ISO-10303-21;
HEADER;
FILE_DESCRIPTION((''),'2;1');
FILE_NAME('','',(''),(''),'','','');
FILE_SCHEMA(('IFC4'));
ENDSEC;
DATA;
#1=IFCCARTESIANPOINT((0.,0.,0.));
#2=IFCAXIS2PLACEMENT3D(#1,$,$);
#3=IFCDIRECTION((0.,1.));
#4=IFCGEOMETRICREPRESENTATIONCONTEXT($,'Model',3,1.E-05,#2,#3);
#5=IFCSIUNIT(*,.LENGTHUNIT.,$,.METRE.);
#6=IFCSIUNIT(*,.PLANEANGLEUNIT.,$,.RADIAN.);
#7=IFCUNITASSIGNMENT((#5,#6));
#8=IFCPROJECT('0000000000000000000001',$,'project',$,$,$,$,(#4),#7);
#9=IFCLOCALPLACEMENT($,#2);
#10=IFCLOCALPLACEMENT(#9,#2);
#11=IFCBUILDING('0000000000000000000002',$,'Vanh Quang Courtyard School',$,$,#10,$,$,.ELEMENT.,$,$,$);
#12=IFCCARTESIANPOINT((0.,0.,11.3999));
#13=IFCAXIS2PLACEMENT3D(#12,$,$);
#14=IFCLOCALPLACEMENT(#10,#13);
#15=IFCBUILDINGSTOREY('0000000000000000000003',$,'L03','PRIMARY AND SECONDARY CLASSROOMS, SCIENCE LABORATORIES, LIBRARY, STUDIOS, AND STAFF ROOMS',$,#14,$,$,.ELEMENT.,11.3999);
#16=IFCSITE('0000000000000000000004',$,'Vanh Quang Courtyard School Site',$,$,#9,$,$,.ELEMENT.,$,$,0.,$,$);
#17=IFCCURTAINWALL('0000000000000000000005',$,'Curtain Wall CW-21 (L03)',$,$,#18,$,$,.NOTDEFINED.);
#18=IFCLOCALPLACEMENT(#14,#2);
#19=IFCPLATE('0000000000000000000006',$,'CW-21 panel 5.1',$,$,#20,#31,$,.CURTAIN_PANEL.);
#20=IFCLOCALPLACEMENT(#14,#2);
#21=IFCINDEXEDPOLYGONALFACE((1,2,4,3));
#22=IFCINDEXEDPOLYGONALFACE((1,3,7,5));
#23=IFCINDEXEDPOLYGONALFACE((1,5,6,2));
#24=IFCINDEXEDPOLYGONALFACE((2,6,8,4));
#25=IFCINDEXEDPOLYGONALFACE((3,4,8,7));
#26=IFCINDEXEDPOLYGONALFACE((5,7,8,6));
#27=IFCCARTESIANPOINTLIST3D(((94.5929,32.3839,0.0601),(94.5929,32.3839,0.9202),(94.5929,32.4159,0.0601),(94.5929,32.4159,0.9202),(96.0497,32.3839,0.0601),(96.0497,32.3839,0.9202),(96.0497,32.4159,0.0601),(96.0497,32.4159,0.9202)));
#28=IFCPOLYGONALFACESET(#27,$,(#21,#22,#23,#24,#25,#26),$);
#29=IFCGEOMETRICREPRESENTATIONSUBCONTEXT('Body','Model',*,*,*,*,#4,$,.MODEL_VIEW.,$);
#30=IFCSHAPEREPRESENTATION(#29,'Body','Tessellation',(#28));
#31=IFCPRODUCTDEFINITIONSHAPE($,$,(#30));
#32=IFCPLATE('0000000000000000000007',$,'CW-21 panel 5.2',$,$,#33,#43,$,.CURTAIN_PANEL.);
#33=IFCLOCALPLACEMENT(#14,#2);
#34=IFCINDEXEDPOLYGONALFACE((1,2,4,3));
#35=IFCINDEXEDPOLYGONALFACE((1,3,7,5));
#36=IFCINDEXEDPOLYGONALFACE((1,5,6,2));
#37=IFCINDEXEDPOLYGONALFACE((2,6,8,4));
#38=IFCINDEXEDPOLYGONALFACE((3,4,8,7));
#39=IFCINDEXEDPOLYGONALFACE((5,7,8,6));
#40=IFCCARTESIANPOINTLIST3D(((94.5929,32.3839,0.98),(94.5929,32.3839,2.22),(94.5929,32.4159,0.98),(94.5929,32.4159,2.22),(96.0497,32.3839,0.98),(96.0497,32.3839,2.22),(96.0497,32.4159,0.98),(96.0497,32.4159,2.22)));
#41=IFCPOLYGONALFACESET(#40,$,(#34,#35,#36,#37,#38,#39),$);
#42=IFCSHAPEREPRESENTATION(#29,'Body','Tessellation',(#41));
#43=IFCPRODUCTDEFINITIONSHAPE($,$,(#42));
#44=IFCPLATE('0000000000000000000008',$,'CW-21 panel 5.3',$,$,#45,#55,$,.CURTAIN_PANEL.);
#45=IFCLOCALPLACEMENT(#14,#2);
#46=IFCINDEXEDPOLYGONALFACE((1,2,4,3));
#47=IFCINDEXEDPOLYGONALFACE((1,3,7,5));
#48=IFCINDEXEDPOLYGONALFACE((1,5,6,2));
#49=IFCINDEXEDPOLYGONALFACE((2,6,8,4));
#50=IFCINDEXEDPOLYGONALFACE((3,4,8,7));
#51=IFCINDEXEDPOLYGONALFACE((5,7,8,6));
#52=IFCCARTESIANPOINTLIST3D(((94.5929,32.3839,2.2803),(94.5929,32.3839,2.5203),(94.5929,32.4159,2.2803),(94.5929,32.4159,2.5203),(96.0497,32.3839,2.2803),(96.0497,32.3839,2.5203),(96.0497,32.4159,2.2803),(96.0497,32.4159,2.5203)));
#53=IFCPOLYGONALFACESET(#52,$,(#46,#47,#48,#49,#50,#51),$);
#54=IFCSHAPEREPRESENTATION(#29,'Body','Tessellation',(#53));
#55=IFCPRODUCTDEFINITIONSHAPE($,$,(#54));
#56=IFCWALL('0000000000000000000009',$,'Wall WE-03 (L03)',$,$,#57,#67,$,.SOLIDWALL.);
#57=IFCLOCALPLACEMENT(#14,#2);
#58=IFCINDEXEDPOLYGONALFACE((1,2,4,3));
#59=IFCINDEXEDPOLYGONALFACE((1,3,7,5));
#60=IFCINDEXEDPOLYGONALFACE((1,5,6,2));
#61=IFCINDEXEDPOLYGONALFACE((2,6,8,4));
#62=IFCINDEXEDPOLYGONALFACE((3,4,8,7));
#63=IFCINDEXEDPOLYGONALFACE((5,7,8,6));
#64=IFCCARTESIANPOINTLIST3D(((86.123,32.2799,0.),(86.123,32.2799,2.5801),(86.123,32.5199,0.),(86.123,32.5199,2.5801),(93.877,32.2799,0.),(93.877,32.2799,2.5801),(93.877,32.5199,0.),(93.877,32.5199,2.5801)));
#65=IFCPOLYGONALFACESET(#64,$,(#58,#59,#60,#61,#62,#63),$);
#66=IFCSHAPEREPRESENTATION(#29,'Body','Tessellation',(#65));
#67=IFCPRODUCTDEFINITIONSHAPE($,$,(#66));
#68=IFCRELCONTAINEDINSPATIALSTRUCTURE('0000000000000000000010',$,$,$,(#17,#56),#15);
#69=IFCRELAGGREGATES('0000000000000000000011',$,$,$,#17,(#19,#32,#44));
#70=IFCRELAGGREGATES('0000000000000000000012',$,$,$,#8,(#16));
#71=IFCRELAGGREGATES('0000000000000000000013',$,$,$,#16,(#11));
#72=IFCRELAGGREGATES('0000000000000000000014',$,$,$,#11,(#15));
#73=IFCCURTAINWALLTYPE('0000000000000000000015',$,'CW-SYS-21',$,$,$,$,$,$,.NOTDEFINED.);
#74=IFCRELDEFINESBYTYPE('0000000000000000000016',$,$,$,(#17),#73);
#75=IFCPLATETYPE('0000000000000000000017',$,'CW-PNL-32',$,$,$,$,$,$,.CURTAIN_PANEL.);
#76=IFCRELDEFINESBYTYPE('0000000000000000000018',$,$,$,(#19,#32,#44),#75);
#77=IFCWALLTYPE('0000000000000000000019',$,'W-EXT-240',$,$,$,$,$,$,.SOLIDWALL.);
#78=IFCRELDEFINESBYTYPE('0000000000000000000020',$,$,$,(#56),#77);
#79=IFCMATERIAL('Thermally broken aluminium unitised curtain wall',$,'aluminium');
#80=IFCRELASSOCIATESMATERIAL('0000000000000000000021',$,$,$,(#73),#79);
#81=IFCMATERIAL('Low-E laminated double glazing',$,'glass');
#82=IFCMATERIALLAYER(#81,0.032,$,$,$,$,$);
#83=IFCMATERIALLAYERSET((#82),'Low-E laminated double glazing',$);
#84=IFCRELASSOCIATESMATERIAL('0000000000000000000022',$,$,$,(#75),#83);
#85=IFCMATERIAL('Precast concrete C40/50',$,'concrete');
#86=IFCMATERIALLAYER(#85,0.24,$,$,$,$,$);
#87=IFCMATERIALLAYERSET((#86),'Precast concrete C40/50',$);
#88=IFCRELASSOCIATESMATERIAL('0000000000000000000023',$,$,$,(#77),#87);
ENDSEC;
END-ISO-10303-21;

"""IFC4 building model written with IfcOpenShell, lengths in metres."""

from ifc_helpers import new_model, si_unit, direction, frame, frame_2d, origin, origin_2d, place, context, subcontext, project, spatial, rectangle, extrude, material, layer, layer_set, type_object, element, aggregate, save


model = new_model("IFC4")

# Units and contexts
model_context = context("Model", 3, precision=1e-05, world=origin(), true_north=direction((0.0, 1.0)))
body_context = subcontext(model_context, "Body", "Model", "MODEL_VIEW")
ifc_project = project(units=[si_unit("LENGTHUNIT", "METRE"), si_unit("PLANEANGLEUNIT", "RADIAN")], contexts=[model_context])

# Site, building, storey
site_placement = place(None, origin())
site = spatial("IfcSite", under=ifc_project, at=site_placement, Name="Vanh Quang Courtyard School Site", CompositionType="ELEMENT", RefElevation=0.0)
building_placement = place(site_placement, origin())
building = spatial("IfcBuilding", under=site, at=building_placement, Name="Vanh Quang Courtyard School", CompositionType="ELEMENT")
storey_placement = place(building_placement, frame((0.0, 0.0, 11.3999)))
storey = spatial("IfcBuildingStorey", under=building, at=storey_placement, Name="L03", Description="PRIMARY AND SECONDARY CLASSROOMS, SCIENCE LABORATORIES, LIBRARY, STUDIOS, AND STAFF ROOMS", CompositionType="ELEMENT", Elevation=11.3999)

# Curtain wall
ifc_material_1 = material(Name="Thermally broken aluminium unitised curtain wall", Category="aluminium")
curtain_wall_type = type_object("IfcCurtainWallType", Name="CW-SYS-21", PredefinedType="NOTDEFINED", material=ifc_material_1)
curtain_wall_placement = place(storey_placement, origin())
curtain_wall = element("IfcCurtainWall", 1, at=curtain_wall_placement, inside=storey, type_object=curtain_wall_type, Name="Curtain Wall CW-21 (L03)", PredefinedType="NOTDEFINED")

# Plates
ifc_material_2 = material(Name="Low-E laminated double glazing", Category="glass")
ifc_layer_1 = layer(ifc_material_2, 0.032)
ifc_layer_set_1 = layer_set([ifc_layer_1], Name="Low-E laminated double glazing")
plate_type = type_object("IfcPlateType", Name="CW-PNL-32", PredefinedType="CURTAIN_PANEL", material=ifc_layer_set_1)
plate_1_placement = place(storey_placement, frame((95.3213, 32.3999, 0.0601), z_axis=(0.0, 0.0, 1.0), x_axis=(-1.0, 0.0, 0.0)))
plate_1 = element("IfcPlate", 2, at=plate_1_placement, type_object=plate_type, Name="CW-21 panel 5.1", PredefinedType="CURTAIN_PANEL", context=body_context, shape_type="SweptSolid", body=[
    extrude(rectangle(XDim=1.4568, YDim=0.032, at=origin_2d()), origin(), (0.0, 0.0, 1.0), 0.8601),
])
plate_2_placement = place(storey_placement, frame((95.3213, 32.3999, 0.98), z_axis=(0.0, 0.0, 1.0), x_axis=(-1.0, 0.0, 0.0)))
plate_2 = element("IfcPlate", 3, at=plate_2_placement, type_object=plate_type, Name="CW-21 panel 5.2", PredefinedType="CURTAIN_PANEL", context=body_context, shape_type="SweptSolid", body=[
    extrude(rectangle(XDim=1.4568, YDim=0.032, at=origin_2d()), origin(), (0.0, 0.0, 1.0), 1.24),
])
plate_3_placement = place(storey_placement, frame((95.3213, 32.3999, 2.2803), z_axis=(0.0, 0.0, 1.0), x_axis=(-1.0, 0.0, 0.0)))
plate_3 = element("IfcPlate", 4, at=plate_3_placement, type_object=plate_type, Name="CW-21 panel 5.3", PredefinedType="CURTAIN_PANEL", context=body_context, shape_type="SweptSolid", body=[
    extrude(rectangle(XDim=1.4568, YDim=0.032, at=origin_2d()), origin(), (0.0, 0.0, 1.0), 0.24),
])
aggregate(curtain_wall, [plate_1, plate_2, plate_3])

# Wall
ifc_material_3 = material(Name="Precast concrete C40/50", Category="concrete")
ifc_layer_2 = layer(ifc_material_3, 0.24)
ifc_layer_set_2 = layer_set([ifc_layer_2], Name="Precast concrete C40/50")
wall_type = type_object("IfcWallType", Name="W-EXT-240", PredefinedType="SOLIDWALL", material=ifc_layer_set_2)
wall_placement = place(storey_placement, frame((93.877, 32.3999, 0.0), z_axis=(0.0, 0.0, 1.0), x_axis=(-1.0, 0.0, 0.0)))
element("IfcWall", 5, at=wall_placement, inside=storey, type_object=wall_type, Name="Wall WE-03 (L03)", PredefinedType="SOLIDWALL", context=body_context, shape_type="SweptSolid", body=[
    extrude(rectangle(XDim=7.7539, YDim=0.24, at=frame_2d((3.877, 0.0))), origin(), (0.0, 0.0, 1.0), 2.5801),
])

save(model, "model.ifc")
